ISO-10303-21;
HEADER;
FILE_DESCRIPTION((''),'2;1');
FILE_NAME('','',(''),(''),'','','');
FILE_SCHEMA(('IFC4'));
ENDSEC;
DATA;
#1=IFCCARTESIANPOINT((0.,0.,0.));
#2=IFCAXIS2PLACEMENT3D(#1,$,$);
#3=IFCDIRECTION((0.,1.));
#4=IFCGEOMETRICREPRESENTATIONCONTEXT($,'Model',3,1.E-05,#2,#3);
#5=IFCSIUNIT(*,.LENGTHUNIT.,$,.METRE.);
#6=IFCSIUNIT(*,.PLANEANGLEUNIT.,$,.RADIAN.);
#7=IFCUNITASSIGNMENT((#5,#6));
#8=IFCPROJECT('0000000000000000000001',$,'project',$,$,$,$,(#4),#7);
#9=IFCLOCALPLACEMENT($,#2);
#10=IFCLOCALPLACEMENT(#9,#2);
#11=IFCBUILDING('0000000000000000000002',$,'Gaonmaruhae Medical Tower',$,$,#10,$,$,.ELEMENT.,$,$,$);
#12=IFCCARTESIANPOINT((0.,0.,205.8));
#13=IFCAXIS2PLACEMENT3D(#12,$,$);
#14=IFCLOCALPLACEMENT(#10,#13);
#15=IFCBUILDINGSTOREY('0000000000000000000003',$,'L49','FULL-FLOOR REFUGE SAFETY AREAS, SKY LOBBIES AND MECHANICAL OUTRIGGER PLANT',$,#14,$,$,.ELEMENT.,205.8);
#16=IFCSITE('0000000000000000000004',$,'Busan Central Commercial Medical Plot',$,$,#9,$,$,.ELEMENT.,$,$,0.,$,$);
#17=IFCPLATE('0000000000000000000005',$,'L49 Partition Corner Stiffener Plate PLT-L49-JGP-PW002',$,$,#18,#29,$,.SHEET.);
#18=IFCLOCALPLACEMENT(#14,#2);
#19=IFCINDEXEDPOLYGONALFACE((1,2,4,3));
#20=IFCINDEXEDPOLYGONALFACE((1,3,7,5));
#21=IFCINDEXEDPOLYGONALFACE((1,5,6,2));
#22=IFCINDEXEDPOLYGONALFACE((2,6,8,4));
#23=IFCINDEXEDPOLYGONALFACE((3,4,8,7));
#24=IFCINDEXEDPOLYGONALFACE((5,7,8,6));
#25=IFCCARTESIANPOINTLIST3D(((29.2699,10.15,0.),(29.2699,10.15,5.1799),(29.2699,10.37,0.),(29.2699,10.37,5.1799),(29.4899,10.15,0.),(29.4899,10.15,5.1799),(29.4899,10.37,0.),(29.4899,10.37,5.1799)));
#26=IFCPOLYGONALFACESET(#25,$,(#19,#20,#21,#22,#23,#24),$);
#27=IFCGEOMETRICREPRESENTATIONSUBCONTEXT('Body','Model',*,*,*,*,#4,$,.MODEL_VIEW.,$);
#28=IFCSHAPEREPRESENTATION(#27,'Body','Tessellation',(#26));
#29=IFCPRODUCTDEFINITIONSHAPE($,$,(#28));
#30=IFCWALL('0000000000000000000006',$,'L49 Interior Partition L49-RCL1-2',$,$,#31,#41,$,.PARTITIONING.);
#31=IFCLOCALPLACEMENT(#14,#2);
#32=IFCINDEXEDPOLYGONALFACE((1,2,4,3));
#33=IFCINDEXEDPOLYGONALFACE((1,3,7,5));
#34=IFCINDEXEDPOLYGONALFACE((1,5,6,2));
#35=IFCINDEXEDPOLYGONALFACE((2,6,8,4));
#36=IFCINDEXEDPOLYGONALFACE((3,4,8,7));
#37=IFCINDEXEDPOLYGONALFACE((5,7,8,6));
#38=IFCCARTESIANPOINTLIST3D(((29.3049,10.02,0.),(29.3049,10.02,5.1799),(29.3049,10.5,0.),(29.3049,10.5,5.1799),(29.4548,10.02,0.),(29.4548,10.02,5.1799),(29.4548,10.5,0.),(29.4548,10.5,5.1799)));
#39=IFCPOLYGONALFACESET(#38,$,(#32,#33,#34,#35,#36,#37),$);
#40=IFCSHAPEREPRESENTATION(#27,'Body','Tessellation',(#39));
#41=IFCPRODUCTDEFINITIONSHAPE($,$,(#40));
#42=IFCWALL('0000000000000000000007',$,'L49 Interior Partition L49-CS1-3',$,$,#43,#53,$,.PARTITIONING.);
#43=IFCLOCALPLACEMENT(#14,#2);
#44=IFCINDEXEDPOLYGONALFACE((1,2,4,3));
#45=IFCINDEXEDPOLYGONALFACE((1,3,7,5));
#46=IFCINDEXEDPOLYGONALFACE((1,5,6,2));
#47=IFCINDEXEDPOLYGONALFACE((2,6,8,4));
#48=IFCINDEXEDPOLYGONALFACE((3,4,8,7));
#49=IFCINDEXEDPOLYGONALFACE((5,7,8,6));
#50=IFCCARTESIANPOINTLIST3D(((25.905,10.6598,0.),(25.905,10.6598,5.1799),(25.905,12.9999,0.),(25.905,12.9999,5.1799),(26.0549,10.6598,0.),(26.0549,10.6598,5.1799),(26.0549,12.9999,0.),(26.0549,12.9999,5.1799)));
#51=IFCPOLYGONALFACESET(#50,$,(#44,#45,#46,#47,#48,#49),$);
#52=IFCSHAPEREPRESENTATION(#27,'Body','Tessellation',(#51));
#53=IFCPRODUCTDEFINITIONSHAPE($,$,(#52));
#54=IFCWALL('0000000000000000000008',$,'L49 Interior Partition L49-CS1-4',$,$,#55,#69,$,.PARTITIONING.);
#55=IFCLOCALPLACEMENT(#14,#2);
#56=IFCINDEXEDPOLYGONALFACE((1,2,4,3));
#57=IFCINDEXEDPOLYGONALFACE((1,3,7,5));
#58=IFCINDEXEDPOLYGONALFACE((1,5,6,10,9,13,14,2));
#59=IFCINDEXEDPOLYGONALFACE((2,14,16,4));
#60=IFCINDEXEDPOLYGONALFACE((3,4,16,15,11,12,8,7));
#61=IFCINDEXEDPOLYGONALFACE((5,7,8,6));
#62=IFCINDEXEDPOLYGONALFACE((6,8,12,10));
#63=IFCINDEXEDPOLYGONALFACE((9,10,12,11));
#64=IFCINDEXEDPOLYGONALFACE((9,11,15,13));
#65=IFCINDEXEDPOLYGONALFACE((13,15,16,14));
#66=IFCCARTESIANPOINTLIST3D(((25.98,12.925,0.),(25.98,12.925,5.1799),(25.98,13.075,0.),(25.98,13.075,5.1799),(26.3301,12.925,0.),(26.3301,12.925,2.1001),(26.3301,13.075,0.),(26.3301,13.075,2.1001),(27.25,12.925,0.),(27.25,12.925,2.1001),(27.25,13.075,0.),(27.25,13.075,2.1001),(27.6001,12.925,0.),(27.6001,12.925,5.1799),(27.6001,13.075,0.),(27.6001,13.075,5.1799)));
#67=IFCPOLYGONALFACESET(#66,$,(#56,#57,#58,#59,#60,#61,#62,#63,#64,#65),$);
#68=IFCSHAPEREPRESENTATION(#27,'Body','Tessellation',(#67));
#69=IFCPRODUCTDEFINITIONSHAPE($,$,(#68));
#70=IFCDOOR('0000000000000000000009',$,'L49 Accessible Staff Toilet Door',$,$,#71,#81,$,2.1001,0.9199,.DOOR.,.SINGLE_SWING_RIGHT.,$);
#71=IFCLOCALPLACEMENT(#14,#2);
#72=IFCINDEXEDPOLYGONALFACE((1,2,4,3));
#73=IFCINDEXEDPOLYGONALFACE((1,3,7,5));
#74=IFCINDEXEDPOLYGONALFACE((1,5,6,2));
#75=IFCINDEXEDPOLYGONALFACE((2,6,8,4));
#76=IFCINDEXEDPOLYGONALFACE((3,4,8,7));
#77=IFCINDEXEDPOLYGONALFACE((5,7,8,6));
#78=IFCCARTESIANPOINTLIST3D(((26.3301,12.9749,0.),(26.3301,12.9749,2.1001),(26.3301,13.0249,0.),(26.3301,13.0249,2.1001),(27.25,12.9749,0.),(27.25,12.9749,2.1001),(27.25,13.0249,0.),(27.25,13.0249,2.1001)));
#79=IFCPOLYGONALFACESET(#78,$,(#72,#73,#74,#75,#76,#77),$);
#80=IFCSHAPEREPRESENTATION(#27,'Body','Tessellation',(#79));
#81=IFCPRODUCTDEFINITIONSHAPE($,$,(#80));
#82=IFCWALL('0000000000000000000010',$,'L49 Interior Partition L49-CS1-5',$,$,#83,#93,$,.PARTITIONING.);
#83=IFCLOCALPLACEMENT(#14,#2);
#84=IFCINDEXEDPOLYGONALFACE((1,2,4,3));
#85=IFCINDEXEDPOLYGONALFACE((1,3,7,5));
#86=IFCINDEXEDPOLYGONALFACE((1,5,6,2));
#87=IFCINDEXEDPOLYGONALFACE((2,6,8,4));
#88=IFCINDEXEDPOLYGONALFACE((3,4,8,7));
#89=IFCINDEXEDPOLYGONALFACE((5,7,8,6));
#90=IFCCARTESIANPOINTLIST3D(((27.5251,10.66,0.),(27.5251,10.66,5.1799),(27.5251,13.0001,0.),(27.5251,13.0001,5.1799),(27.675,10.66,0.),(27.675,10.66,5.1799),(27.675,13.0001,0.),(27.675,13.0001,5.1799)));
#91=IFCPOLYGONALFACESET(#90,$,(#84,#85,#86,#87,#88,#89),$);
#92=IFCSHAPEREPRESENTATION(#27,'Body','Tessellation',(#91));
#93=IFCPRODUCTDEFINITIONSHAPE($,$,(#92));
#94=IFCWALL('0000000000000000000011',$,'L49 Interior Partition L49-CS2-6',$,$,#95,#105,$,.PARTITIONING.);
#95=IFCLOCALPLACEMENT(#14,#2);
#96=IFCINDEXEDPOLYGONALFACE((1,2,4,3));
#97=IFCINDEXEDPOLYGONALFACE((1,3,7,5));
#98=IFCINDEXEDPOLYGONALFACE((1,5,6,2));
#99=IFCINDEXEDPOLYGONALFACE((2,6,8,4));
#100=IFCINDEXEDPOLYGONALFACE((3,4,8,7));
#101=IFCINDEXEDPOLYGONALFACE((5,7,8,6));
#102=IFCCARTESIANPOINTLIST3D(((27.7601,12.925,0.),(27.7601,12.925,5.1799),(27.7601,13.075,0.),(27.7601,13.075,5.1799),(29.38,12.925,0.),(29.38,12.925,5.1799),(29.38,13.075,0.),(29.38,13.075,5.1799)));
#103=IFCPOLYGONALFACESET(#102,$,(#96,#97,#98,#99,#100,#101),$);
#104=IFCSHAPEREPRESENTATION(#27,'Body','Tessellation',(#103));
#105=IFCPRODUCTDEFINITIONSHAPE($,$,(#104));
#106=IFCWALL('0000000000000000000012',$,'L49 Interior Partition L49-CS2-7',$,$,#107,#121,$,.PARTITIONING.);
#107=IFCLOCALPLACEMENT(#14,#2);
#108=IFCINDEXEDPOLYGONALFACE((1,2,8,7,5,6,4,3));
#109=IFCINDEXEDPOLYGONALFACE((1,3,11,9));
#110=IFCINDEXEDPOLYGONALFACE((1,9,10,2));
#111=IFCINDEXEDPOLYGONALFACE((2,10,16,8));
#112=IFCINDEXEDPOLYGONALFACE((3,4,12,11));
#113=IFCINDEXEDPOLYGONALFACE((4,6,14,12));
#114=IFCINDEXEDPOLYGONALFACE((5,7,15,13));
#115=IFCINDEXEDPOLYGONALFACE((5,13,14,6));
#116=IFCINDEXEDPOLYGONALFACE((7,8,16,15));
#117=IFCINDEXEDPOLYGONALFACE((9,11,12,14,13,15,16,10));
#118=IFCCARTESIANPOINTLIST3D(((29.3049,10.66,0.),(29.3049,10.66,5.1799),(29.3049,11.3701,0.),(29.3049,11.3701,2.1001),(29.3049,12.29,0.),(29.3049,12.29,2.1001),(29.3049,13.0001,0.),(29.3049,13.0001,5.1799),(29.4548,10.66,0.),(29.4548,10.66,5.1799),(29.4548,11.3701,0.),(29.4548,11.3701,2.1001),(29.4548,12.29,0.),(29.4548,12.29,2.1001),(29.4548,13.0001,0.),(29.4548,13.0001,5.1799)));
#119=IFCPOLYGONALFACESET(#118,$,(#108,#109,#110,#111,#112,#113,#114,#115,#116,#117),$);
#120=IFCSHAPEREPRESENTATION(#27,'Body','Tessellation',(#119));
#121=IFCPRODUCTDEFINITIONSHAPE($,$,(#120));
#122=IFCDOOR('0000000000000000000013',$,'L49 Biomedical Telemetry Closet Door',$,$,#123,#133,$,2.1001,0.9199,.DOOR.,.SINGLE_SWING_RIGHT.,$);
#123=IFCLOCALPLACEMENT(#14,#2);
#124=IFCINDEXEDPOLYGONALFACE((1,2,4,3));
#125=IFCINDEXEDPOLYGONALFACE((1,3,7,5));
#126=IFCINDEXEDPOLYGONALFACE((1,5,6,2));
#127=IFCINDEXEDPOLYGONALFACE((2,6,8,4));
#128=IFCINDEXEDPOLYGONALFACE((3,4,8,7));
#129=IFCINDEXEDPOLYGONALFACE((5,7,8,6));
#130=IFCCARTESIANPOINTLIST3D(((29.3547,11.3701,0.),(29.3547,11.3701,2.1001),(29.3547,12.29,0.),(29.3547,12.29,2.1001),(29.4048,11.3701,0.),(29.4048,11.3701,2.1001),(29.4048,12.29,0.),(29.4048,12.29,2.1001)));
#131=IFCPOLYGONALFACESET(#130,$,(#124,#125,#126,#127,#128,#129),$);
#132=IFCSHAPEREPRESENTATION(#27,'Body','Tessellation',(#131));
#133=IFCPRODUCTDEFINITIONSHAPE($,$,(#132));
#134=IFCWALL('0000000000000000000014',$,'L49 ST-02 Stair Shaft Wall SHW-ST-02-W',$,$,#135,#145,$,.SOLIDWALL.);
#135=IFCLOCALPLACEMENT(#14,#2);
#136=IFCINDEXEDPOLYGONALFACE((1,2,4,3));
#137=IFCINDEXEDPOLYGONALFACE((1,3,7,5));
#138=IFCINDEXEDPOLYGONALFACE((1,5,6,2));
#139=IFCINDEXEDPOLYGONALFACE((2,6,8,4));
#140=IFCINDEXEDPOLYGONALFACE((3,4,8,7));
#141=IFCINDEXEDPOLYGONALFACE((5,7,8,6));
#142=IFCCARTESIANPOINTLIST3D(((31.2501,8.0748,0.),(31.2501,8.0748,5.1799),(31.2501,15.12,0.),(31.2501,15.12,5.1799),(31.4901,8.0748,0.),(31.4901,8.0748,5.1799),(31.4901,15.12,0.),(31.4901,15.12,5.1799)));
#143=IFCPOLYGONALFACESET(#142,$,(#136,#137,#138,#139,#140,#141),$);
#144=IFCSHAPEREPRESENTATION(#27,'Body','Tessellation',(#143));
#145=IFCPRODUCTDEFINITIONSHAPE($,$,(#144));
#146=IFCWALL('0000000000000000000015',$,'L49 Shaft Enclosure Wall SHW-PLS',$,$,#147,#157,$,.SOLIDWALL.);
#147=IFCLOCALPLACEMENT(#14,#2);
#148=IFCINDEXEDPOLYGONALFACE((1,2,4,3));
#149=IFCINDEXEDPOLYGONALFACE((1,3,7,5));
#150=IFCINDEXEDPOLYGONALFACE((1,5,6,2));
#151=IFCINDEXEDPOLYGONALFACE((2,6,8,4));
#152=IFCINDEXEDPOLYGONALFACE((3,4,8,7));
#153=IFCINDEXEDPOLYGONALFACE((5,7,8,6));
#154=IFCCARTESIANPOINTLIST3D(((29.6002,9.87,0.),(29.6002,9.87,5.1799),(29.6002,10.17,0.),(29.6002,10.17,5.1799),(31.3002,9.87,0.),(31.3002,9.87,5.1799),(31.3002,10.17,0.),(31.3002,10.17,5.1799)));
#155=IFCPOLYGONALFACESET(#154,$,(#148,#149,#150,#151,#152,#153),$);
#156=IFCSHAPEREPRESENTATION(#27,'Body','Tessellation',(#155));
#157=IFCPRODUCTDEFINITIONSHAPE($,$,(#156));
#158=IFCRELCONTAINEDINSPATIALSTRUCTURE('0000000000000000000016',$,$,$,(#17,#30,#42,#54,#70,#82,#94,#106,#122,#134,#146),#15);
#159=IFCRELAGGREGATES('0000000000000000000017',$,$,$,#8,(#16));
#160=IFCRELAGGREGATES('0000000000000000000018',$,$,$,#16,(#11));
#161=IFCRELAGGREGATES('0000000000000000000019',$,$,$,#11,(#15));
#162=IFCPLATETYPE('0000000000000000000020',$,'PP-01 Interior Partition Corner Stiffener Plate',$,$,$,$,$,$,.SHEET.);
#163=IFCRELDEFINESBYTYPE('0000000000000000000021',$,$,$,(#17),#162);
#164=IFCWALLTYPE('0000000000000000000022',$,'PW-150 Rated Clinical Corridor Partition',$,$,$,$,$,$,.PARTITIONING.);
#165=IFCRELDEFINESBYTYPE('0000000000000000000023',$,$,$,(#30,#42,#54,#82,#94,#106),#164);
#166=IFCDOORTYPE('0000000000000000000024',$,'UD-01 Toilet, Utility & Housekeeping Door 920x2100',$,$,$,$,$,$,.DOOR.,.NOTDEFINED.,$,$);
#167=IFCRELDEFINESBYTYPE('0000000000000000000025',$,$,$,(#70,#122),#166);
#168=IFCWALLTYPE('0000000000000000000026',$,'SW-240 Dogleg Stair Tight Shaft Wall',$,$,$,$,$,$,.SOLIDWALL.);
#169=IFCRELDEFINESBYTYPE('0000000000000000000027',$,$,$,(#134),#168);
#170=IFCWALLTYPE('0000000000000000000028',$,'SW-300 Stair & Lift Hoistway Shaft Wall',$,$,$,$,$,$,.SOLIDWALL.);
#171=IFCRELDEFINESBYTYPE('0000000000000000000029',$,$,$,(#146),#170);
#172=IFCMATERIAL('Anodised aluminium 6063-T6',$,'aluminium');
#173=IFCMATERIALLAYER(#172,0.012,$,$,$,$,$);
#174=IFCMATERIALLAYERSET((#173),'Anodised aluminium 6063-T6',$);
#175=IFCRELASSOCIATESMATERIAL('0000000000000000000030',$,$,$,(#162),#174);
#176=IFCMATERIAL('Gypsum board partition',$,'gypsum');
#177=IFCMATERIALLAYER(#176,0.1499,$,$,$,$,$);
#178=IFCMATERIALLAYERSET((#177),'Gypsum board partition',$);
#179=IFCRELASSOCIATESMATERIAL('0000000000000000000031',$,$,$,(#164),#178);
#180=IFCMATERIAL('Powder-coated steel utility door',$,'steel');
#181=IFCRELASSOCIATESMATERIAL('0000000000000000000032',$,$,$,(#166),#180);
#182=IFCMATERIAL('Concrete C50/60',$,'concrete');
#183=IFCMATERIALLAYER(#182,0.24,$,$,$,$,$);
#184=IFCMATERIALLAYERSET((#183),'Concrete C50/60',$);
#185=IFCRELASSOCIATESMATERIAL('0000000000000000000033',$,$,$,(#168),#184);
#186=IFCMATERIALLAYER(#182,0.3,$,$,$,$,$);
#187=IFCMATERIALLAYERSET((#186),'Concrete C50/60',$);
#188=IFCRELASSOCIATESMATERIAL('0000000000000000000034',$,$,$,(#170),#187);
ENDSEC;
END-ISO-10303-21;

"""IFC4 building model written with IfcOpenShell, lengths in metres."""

from ifc_helpers import new_model, si_unit, direction, frame, frame_2d, origin, origin_2d, place, context, subcontext, project, spatial, rectangle, extrude, material, layer, layer_set, type_object, element, fill, save


model = new_model("IFC4")

# Units and contexts
model_context = context("Model", 3, precision=1e-05, world=origin(), true_north=direction((0.0, 1.0)))
body_context = subcontext(model_context, "Body", "Model", "MODEL_VIEW")
ifc_project = project(units=[si_unit("LENGTHUNIT", "METRE"), si_unit("PLANEANGLEUNIT", "RADIAN")], contexts=[model_context])

# Site, building, storey
site_placement = place(None, origin())
site = spatial("IfcSite", under=ifc_project, at=site_placement, Name="Busan Central Commercial Medical Plot", CompositionType="ELEMENT", RefElevation=0.0)
building_placement = place(site_placement, origin())
building = spatial("IfcBuilding", under=site, at=building_placement, Name="Gaonmaruhae Medical Tower", CompositionType="ELEMENT")
storey_placement = place(building_placement, frame((0.0, 0.0, 205.8)))
storey = spatial("IfcBuildingStorey", under=building, at=storey_placement, Name="L49", Description="FULL-FLOOR REFUGE SAFETY AREAS, SKY LOBBIES AND MECHANICAL OUTRIGGER PLANT", CompositionType="ELEMENT", Elevation=205.8)

# Plate
ifc_material_1 = material(Name="Anodised aluminium 6063-T6", Category="aluminium")
ifc_layer_1 = layer(ifc_material_1, 0.012)
ifc_layer_set_1 = layer_set([ifc_layer_1], Name="Anodised aluminium 6063-T6")
plate_type = type_object("IfcPlateType", Name="PP-01 Interior Partition Corner Stiffener Plate", PredefinedType="SHEET", material=ifc_layer_set_1)
plate_placement = place(storey_placement, frame((29.3799, 10.26, 0.0), z_axis=(0.0, 0.0, 1.0), x_axis=(0.0, -1.0, 0.0)))
element("IfcPlate", 1, at=plate_placement, inside=storey, type_object=plate_type, Name="L49 Partition Corner Stiffener Plate PLT-L49-JGP-PW002", PredefinedType="SHEET", context=body_context, shape_type="SweptSolid", body=[
    extrude(rectangle(XDim=0.22, YDim=0.22, at=origin_2d()), origin(), (0.0, 0.0, 1.0), 5.1799),
])

# Walls
ifc_material_2 = material(Name="Gypsum board partition", Category="gypsum")
ifc_layer_2 = layer(ifc_material_2, 0.1499)
ifc_layer_set_2 = layer_set([ifc_layer_2], Name="Gypsum board partition")
wall_type_1 = type_object("IfcWallType", Name="PW-150 Rated Clinical Corridor Partition", PredefinedType="PARTITIONING", material=ifc_layer_set_2)
wall_1_placement = place(storey_placement, frame((29.3799, 10.5, 0.0), z_axis=(0.0, 0.0, 1.0), x_axis=(0.0, -1.0, 0.0)))
element("IfcWall", 2, at=wall_1_placement, inside=storey, type_object=wall_type_1, Name="L49 Interior Partition L49-RCL1-2", PredefinedType="PARTITIONING", context=body_context, shape_type="SweptSolid", body=[
    extrude(rectangle(XDim=0.48, YDim=0.1499, at=frame_2d((0.24, 0.0))), origin(), (0.0, 0.0, 1.0), 5.1799),
])
wall_2_placement = place(storey_placement, frame((25.98, 10.6599, 0.0), z_axis=(0.0, 0.0, 1.0), x_axis=(0.0, 1.0, 0.0)))
element("IfcWall", 3, at=wall_2_placement, inside=storey, type_object=wall_type_1, Name="L49 Interior Partition L49-CS1-3", PredefinedType="PARTITIONING", context=body_context, shape_type="SweptSolid", body=[
    extrude(rectangle(XDim=2.3401, YDim=0.1499, at=frame_2d((1.1699, 0.0))), origin(), (0.0, 0.0, 1.0), 5.1799),
])

# Wall, opening, door
wall_3_placement = place(storey_placement, frame((25.98, 13.0, 0.0), z_axis=(0.0, 0.0, 1.0), x_axis=(1.0, 0.0, 0.0)))
wall_3 = element("IfcWall", 4, at=wall_3_placement, inside=storey, type_object=wall_type_1, Name="L49 Interior Partition L49-CS1-4", PredefinedType="PARTITIONING", context=body_context, shape_type="SweptSolid", body=[
    extrude(rectangle(XDim=1.6201, YDim=0.1499, at=frame_2d((0.8101, 0.0))), origin(), (0.0, 0.0, 1.0), 5.1799),
])
opening_1_placement = place(wall_3_placement, frame((0.3501, 0.0, 0.0)))
opening_1 = element("IfcOpeningElement", 5, at=opening_1_placement, cuts=wall_3, PredefinedType="OPENING", context=body_context, shape_type="SweptSolid", body=[
    extrude(rectangle(XDim=0.9199, YDim=2.1001, at=frame_2d((0.46, 1.05))), frame((0.0, 0.085, 0.0), z_axis=(0.0, -1.0, 0.0), x_axis=(1.0, 0.0, 0.0)), (0.0, 0.0, 1.0), 0.1699),
])
ifc_material_3 = material(Name="Powder-coated steel utility door", Category="steel")
door_type_1 = type_object("IfcDoorType", Name="UD-01 Toilet, Utility & Housekeeping Door 920x2100", OperationType="NOTDEFINED", PredefinedType="DOOR", material=ifc_material_3)
door_1_placement = place(opening_1_placement, origin())
door_1 = element("IfcDoor", 6, at=door_1_placement, inside=storey, type_object=door_type_1, Name="L49 Accessible Staff Toilet Door", OperationType="SINGLE_SWING_RIGHT", OverallHeight=2.1001, OverallWidth=0.9199, PredefinedType="DOOR", context=body_context, shape_type="SweptSolid", body=[
    extrude(rectangle(XDim=0.9199, YDim=2.1001, at=frame_2d((0.46, 1.05))), frame((0.0, 0.0249, 0.0), z_axis=(0.0, -1.0, 0.0), x_axis=(1.0, 0.0, 0.0)), (0.0, 0.0, 1.0), 0.05),
])
fill(opening_1, door_1)

# Walls
wall_4_placement = place(storey_placement, frame((27.6001, 13.0, 0.0), z_axis=(0.0, 0.0, 1.0), x_axis=(0.0, -1.0, 0.0)))
element("IfcWall", 7, at=wall_4_placement, inside=storey, type_object=wall_type_1, Name="L49 Interior Partition L49-CS1-5", PredefinedType="PARTITIONING", context=body_context, shape_type="SweptSolid", body=[
    extrude(rectangle(XDim=2.3401, YDim=0.1499, at=frame_2d((1.1699, 0.0))), origin(), (0.0, 0.0, 1.0), 5.1799),
])
wall_5_placement = place(storey_placement, frame((27.76, 13.0, 0.0), z_axis=(0.0, 0.0, 1.0), x_axis=(1.0, 0.0, 0.0)))
element("IfcWall", 8, at=wall_5_placement, inside=storey, type_object=wall_type_1, Name="L49 Interior Partition L49-CS2-6", PredefinedType="PARTITIONING", context=body_context, shape_type="SweptSolid", body=[
    extrude(rectangle(XDim=1.6199, YDim=0.1499, at=frame_2d((0.8101, 0.0))), origin(), (0.0, 0.0, 1.0), 5.1799),
])

# Wall, opening, door
wall_6_placement = place(storey_placement, frame((29.3799, 13.0, 0.0), z_axis=(0.0, 0.0, 1.0), x_axis=(0.0, -1.0, 0.0)))
wall_6 = element("IfcWall", 9, at=wall_6_placement, inside=storey, type_object=wall_type_1, Name="L49 Interior Partition L49-CS2-7", PredefinedType="PARTITIONING", context=body_context, shape_type="SweptSolid", body=[
    extrude(rectangle(XDim=2.3401, YDim=0.1499, at=frame_2d((1.1699, 0.0))), origin(), (0.0, 0.0, 1.0), 5.1799),
])
opening_2_placement = place(wall_6_placement, frame((0.71, 0.0, 0.0)))
opening_2 = element("IfcOpeningElement", 10, at=opening_2_placement, cuts=wall_6, PredefinedType="OPENING", context=body_context, shape_type="SweptSolid", body=[
    extrude(rectangle(XDim=0.9199, YDim=2.1001, at=frame_2d((0.46, 1.05))), frame((0.0, 0.085, 0.0), z_axis=(0.0, -1.0, 0.0), x_axis=(1.0, 0.0, 0.0)), (0.0, 0.0, 1.0), 0.1699),
])
door_2_placement = place(opening_2_placement, origin())
door_2 = element("IfcDoor", 11, at=door_2_placement, inside=storey, type_object=door_type_1, Name="L49 Biomedical Telemetry Closet Door", OperationType="SINGLE_SWING_RIGHT", OverallHeight=2.1001, OverallWidth=0.9199, PredefinedType="DOOR", context=body_context, shape_type="SweptSolid", body=[
    extrude(rectangle(XDim=0.9199, YDim=2.1001, at=frame_2d((0.46, 1.05))), frame((0.0, 0.0249, 0.0), z_axis=(0.0, -1.0, 0.0), x_axis=(1.0, 0.0, 0.0)), (0.0, 0.0, 1.0), 0.05),
])
fill(opening_2, door_2)
ifc_material_4 = material(Name="Concrete C50/60", Category="concrete")
ifc_layer_3 = layer(ifc_material_4, 0.24)
ifc_layer_set_3 = layer_set([ifc_layer_3], Name="Concrete C50/60")
wall_type_2 = type_object("IfcWallType", Name="SW-240 Dogleg Stair Tight Shaft Wall", PredefinedType="SOLIDWALL", material=ifc_layer_set_3)

# Walls
wall_7_placement = place(storey_placement, frame((31.3701, 8.075, 0.0), z_axis=(0.0, 0.0, 1.0), x_axis=(0.0, 1.0, 0.0)))
element("IfcWall", 12, at=wall_7_placement, inside=storey, type_object=wall_type_2, Name="L49 ST-02 Stair Shaft Wall SHW-ST-02-W", PredefinedType="SOLIDWALL", context=body_context, shape_type="SweptSolid", body=[
    extrude(rectangle(XDim=7.0452, YDim=0.24, at=frame_2d((3.5225, 0.0))), origin(), (0.0, 0.0, 1.0), 5.1799),
])
ifc_layer_4 = layer(ifc_material_4, 0.3)
ifc_layer_set_4 = layer_set([ifc_layer_4], Name="Concrete C50/60")
wall_type_3 = type_object("IfcWallType", Name="SW-300 Stair & Lift Hoistway Shaft Wall", PredefinedType="SOLIDWALL", material=ifc_layer_set_4)
wall_8_placement = place(storey_placement, frame((29.6001, 10.02, 0.0), z_axis=(0.0, 0.0, 1.0), x_axis=(1.0, 0.0, 0.0)))
element("IfcWall", 13, at=wall_8_placement, inside=storey, type_object=wall_type_3, Name="L49 Shaft Enclosure Wall SHW-PLS", PredefinedType="SOLIDWALL", context=body_context, shape_type="SweptSolid", body=[
    extrude(rectangle(XDim=1.7, YDim=0.3, at=frame_2d((0.8501, 0.0))), origin(), (0.0, 0.0, 1.0), 5.1799),
])

save(model, "model.ifc")
